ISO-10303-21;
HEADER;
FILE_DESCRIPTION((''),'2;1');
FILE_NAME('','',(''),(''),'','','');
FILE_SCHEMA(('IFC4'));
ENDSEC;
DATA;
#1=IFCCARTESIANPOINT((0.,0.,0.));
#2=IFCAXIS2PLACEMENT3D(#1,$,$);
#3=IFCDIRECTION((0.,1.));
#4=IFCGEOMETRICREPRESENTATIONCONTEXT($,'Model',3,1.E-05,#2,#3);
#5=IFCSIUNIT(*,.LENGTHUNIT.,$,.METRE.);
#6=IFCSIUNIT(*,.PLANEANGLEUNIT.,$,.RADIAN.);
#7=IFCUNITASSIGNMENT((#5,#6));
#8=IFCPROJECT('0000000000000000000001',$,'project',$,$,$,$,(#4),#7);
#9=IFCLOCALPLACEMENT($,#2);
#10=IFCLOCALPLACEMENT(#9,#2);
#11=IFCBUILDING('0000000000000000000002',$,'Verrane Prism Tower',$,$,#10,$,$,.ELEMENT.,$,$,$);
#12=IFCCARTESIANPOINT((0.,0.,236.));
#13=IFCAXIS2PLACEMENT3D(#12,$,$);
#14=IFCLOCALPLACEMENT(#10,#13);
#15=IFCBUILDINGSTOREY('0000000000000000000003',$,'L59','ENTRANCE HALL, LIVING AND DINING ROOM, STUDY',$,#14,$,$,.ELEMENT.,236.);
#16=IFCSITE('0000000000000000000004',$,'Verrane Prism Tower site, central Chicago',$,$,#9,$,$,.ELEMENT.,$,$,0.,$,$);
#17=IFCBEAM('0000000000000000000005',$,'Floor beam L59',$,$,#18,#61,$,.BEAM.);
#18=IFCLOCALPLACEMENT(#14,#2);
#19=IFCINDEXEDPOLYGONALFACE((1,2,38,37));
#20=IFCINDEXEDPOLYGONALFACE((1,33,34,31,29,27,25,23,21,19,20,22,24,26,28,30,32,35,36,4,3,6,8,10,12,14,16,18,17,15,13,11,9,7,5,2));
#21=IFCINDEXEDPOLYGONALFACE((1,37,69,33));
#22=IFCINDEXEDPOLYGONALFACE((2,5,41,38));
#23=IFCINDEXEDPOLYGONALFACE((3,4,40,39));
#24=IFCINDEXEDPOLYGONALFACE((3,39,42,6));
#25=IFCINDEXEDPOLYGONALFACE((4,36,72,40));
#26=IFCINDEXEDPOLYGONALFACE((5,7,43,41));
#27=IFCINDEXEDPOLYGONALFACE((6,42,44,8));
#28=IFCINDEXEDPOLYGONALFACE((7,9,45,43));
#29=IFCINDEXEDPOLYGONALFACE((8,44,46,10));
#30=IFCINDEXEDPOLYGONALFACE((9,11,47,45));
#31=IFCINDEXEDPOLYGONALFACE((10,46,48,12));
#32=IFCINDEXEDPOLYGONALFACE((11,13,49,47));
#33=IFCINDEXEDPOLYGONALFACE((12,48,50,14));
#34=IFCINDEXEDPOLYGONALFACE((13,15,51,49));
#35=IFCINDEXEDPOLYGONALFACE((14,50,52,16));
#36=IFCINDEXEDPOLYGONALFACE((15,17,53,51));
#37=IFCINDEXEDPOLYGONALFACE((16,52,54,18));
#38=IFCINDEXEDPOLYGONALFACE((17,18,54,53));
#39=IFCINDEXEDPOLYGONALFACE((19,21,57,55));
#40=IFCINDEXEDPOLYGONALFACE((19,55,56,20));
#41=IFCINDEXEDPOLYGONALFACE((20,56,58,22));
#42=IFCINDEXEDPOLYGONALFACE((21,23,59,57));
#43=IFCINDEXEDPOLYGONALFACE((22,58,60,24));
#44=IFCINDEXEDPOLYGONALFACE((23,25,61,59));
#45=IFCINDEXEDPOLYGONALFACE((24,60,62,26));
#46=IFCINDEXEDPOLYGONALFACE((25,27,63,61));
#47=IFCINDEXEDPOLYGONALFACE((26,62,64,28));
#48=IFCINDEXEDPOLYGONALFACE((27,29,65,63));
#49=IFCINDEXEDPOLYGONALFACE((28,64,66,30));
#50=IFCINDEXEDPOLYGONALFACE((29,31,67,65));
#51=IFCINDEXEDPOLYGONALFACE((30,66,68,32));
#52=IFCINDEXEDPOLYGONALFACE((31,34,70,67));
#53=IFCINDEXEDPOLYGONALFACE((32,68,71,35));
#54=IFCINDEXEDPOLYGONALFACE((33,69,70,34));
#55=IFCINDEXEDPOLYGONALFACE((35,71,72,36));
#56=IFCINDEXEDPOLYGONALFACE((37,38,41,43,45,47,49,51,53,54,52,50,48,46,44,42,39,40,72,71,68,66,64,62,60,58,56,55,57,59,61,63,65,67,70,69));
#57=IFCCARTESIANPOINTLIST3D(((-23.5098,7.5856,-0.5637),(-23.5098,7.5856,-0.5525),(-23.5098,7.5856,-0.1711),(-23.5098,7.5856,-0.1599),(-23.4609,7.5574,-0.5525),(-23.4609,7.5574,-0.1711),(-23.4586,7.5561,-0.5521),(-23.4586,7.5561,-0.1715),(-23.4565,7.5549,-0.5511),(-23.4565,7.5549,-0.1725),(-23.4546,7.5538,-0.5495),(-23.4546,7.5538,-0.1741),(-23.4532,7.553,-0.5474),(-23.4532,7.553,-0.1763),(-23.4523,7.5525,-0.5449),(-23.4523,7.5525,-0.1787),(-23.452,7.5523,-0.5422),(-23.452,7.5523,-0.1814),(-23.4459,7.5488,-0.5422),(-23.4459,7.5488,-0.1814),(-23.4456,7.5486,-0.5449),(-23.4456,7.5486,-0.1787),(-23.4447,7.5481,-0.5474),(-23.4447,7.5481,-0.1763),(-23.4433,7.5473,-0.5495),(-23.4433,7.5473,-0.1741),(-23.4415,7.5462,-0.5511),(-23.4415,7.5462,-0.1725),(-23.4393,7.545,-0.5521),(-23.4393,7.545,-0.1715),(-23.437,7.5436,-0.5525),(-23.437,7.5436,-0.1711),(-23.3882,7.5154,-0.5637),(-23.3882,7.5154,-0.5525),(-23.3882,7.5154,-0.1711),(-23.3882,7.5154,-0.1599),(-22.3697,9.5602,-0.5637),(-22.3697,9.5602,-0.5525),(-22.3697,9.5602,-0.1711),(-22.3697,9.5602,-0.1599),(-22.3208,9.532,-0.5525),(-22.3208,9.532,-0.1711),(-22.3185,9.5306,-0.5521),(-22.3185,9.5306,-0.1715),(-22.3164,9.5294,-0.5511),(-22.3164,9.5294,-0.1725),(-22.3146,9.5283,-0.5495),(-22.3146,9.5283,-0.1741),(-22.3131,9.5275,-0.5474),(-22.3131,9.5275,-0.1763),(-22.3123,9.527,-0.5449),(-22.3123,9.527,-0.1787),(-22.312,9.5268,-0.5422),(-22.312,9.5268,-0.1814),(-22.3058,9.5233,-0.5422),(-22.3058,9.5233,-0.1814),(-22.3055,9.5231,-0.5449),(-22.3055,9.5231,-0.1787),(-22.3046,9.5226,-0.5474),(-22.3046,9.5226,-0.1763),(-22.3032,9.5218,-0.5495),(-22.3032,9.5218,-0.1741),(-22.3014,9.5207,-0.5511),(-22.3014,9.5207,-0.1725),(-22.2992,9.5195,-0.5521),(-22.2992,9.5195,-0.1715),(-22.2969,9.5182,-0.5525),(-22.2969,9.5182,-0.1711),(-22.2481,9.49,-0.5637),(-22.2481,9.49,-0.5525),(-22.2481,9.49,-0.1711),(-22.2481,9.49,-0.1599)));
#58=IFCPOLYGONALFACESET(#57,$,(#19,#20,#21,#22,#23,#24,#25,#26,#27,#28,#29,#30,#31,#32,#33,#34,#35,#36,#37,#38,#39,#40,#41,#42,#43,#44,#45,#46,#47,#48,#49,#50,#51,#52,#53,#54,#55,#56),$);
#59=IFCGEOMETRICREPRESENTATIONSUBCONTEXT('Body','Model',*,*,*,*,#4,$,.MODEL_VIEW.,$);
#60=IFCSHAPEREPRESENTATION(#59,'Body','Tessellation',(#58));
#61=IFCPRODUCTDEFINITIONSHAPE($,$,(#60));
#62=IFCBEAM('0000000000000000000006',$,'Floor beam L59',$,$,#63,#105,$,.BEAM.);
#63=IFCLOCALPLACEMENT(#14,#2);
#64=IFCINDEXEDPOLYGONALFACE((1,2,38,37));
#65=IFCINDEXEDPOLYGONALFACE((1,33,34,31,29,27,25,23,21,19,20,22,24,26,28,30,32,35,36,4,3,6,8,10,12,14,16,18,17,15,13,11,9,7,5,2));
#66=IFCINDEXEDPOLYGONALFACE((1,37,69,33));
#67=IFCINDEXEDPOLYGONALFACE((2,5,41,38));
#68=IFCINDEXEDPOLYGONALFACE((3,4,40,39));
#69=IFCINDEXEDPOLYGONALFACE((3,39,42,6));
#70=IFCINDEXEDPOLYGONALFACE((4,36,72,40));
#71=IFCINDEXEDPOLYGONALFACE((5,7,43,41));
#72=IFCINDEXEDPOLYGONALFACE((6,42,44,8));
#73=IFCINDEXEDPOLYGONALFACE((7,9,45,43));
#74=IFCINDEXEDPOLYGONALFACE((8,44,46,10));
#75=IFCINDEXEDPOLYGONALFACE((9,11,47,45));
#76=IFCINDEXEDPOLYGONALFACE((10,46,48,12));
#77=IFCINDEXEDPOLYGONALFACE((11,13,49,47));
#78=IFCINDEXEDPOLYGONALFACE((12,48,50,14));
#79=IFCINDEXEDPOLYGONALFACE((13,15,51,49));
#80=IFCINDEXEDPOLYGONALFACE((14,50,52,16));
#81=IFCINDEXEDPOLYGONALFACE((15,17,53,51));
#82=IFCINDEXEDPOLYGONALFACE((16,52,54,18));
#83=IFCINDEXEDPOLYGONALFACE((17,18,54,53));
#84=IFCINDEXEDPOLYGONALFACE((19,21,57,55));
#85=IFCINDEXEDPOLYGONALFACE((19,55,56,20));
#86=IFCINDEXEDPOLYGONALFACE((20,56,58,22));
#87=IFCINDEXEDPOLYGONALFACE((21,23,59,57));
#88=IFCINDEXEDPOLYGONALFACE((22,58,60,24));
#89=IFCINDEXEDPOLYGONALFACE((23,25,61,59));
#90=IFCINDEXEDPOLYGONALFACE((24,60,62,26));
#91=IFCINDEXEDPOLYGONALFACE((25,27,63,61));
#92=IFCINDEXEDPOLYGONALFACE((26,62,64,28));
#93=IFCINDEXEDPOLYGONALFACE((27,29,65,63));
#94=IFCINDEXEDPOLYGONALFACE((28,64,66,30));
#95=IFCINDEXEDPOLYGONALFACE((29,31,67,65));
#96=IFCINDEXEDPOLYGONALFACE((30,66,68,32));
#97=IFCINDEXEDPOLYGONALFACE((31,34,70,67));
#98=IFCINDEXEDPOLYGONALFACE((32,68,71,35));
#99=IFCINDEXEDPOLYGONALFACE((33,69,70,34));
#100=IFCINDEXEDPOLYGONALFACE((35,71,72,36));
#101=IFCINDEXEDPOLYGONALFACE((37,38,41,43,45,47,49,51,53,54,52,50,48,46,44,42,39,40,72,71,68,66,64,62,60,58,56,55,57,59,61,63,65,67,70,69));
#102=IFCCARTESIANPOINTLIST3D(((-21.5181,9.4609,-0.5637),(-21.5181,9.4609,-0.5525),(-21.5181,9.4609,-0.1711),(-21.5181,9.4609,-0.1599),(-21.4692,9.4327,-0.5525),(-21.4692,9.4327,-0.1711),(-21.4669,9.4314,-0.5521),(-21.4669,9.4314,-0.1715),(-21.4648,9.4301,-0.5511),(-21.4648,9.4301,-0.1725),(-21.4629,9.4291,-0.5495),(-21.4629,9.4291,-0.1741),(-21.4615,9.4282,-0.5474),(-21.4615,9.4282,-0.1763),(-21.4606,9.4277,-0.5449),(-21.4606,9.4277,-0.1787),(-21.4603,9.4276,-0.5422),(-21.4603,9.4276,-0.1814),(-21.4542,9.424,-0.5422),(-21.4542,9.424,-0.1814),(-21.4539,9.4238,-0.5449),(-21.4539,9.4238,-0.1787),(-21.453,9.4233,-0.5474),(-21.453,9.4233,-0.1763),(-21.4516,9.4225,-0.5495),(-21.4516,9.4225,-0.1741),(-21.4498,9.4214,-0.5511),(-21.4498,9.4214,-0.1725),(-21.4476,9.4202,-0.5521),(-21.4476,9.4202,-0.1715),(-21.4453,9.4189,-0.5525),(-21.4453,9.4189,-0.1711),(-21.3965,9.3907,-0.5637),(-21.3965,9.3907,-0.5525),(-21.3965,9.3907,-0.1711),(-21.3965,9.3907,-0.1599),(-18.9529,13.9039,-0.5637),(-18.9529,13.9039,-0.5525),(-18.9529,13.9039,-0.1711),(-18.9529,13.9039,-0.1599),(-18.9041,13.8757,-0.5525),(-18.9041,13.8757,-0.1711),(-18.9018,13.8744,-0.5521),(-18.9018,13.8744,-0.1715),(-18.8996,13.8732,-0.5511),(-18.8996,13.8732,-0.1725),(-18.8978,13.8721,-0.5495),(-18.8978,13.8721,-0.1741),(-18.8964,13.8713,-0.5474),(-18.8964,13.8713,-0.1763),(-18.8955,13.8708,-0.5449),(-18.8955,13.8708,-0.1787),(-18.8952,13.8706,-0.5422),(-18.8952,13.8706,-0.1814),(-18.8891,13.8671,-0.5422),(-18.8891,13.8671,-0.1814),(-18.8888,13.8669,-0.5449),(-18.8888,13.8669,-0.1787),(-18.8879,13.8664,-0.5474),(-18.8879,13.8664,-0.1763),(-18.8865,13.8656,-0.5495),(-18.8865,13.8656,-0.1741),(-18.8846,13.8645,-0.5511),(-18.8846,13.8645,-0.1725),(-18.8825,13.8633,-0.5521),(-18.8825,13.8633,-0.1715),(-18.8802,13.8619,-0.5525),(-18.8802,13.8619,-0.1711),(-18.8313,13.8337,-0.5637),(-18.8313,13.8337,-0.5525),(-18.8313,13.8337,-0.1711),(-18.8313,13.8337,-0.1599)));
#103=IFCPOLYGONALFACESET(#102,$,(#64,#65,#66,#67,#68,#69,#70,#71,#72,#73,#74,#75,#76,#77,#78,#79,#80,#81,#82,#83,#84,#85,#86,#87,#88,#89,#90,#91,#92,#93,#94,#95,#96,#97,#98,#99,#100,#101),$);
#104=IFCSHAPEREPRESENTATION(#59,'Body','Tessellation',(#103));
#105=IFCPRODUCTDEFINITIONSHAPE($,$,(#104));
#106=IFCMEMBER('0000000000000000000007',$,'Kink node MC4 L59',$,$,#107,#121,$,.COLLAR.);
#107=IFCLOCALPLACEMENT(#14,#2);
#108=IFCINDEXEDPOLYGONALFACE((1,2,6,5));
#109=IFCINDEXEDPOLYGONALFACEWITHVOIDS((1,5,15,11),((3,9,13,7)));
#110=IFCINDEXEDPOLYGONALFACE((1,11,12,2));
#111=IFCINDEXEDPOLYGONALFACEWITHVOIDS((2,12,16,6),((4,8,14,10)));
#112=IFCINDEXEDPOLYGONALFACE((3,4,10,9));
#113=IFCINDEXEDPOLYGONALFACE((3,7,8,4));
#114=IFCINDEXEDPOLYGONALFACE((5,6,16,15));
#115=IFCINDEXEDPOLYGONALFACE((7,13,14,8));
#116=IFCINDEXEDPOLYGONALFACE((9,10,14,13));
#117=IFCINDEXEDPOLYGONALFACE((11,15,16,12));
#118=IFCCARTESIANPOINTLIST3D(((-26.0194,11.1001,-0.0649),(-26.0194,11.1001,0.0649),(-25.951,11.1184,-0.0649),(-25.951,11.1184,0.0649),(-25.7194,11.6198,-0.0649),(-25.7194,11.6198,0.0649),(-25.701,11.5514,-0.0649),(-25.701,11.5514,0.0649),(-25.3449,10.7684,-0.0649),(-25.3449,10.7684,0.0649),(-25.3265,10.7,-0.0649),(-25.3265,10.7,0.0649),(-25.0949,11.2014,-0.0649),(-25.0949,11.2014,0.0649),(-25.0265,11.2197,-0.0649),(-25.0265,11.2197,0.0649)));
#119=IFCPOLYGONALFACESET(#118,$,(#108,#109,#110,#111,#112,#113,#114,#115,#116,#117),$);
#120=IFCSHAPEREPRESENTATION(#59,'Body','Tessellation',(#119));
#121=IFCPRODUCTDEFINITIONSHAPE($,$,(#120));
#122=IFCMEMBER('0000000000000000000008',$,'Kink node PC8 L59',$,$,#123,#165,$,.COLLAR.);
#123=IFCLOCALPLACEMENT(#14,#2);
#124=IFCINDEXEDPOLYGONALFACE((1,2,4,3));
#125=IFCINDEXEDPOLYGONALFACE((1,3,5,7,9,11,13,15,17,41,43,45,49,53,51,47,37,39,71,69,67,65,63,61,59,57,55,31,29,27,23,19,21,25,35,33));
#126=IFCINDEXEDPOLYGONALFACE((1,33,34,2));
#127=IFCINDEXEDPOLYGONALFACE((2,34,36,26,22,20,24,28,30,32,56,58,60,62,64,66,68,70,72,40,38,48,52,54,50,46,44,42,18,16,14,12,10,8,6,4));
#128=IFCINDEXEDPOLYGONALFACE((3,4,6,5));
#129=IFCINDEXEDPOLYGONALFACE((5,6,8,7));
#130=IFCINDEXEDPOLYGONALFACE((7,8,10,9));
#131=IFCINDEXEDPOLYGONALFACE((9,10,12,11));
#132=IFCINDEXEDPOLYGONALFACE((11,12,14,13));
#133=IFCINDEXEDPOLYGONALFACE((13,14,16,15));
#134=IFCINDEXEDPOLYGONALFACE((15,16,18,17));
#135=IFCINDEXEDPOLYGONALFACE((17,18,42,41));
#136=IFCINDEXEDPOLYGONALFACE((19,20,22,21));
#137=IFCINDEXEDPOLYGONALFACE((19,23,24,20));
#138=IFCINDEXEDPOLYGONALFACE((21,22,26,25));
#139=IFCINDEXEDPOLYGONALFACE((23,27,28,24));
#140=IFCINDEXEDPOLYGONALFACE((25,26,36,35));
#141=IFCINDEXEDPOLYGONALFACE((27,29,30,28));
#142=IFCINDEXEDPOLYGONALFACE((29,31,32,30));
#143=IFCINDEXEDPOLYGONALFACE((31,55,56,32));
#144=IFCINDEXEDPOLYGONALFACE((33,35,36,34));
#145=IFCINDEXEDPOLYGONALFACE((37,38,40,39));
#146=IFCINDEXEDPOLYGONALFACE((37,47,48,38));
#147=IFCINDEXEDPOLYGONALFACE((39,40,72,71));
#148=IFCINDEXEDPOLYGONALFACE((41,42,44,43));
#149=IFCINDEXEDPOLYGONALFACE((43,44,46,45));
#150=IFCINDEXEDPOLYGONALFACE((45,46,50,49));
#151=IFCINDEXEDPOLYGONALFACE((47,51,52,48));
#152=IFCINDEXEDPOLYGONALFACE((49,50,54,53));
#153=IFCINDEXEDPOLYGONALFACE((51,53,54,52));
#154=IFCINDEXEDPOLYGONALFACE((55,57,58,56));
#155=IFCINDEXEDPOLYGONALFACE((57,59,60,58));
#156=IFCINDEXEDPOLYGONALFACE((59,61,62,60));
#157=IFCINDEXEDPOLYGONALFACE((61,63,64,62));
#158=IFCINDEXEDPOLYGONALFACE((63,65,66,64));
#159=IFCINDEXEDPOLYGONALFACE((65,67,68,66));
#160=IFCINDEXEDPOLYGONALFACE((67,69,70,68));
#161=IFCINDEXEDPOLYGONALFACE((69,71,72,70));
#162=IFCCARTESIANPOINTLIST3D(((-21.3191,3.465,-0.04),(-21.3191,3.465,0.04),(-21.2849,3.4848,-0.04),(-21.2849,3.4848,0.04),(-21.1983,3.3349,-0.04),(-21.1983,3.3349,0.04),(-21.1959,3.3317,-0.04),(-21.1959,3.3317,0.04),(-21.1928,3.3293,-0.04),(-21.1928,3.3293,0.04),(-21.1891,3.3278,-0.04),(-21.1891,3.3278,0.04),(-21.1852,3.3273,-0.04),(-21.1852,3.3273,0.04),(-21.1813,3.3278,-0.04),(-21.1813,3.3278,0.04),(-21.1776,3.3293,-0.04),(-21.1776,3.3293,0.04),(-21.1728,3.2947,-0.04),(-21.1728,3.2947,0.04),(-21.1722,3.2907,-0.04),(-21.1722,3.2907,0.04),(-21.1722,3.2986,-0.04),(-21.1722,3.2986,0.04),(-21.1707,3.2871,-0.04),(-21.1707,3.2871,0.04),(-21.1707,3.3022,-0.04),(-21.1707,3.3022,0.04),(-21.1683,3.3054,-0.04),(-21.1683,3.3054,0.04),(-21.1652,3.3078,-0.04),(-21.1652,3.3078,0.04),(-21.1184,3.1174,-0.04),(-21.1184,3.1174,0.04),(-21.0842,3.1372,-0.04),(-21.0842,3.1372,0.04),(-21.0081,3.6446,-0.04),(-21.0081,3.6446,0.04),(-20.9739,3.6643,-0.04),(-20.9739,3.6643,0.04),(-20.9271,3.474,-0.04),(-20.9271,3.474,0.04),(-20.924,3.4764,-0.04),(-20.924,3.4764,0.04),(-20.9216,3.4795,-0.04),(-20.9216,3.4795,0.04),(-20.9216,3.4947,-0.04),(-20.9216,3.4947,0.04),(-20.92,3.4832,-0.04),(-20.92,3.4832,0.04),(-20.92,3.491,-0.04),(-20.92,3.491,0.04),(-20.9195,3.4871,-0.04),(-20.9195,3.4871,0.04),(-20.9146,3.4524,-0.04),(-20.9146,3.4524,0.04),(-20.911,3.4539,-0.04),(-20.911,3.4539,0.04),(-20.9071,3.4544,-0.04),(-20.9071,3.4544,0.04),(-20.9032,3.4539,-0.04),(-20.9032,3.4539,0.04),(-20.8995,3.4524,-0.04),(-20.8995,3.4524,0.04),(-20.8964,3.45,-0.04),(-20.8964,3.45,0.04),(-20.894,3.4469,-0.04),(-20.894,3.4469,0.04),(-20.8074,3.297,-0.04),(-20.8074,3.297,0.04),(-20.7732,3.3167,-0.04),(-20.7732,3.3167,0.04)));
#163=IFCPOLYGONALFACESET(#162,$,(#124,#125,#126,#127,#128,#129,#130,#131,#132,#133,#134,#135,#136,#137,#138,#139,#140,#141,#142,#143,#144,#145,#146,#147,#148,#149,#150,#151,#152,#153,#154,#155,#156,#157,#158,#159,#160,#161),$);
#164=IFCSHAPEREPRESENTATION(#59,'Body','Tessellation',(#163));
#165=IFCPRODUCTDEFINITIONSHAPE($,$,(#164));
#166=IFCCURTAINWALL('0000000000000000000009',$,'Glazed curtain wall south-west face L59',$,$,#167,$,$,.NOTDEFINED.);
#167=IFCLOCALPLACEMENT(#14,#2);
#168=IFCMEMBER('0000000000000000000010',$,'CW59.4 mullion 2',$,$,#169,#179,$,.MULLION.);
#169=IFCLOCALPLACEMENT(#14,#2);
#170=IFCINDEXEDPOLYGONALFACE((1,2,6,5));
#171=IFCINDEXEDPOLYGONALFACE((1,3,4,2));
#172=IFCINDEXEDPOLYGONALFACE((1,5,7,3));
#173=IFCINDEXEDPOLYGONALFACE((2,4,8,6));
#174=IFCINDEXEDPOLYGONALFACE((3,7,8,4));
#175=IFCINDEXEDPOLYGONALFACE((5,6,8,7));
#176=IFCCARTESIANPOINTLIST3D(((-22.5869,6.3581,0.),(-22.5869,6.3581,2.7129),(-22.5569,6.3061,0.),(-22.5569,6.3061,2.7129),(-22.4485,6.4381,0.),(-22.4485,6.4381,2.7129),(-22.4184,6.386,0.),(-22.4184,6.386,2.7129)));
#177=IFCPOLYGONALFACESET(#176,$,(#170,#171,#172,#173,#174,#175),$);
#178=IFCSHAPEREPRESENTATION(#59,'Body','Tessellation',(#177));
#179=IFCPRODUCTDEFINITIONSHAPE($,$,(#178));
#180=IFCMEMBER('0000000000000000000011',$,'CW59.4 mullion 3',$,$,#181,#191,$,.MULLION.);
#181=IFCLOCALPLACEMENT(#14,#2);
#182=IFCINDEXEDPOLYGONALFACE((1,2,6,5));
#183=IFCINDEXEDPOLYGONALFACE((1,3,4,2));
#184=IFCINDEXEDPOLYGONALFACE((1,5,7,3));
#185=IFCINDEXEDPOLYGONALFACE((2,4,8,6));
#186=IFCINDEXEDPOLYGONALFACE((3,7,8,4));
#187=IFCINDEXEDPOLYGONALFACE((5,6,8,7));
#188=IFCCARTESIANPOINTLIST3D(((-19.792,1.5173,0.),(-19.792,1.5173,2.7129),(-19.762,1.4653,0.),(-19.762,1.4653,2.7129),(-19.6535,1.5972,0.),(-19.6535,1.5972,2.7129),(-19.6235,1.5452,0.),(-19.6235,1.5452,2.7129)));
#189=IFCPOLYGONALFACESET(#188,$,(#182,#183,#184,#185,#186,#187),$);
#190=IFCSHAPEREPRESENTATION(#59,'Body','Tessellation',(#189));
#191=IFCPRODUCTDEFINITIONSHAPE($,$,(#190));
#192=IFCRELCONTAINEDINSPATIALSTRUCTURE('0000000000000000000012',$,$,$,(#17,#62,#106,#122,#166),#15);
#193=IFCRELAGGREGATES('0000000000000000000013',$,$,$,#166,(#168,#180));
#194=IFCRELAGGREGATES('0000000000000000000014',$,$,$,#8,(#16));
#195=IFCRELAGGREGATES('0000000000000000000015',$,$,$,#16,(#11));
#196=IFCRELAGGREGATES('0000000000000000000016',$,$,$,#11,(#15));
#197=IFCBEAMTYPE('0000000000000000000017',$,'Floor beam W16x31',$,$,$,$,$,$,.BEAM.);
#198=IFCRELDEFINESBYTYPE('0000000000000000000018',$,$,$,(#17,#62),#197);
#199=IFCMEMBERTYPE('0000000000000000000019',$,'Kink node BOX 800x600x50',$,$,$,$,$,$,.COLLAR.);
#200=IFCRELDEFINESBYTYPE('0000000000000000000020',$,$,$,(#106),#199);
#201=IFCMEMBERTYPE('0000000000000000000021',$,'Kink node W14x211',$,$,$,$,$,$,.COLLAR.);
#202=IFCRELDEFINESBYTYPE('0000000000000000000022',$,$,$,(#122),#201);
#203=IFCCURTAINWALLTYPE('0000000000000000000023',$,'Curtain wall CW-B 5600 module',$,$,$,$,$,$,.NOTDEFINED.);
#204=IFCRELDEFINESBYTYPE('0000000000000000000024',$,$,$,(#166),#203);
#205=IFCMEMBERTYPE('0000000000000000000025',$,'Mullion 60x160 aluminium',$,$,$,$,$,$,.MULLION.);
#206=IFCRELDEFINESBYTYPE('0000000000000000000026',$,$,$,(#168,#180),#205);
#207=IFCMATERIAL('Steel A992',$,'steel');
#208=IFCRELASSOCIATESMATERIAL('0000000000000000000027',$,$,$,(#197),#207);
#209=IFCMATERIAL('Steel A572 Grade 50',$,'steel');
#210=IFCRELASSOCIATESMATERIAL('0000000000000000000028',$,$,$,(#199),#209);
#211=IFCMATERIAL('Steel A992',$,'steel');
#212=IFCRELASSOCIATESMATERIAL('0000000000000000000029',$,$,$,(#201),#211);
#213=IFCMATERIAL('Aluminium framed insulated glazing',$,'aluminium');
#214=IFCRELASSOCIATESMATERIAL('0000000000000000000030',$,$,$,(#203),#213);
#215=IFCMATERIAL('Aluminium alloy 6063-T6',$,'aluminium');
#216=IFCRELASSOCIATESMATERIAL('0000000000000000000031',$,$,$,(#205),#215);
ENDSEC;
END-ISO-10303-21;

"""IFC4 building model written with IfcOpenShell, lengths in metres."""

from ifc_helpers import new_model, si_unit, direction, frame, origin, origin_2d, place, context, subcontext, project, spatial, rectangle, hollow_rectangle, i_section, extrude, material, material_profile, profile_set, type_object, element, aggregate, save


model = new_model("IFC4")

# Units and contexts
model_context = context("Model", 3, precision=1e-05, world=origin(), true_north=direction((0.0, 1.0)))
body_context = subcontext(model_context, "Body", "Model", "MODEL_VIEW")
ifc_project = project(units=[si_unit("LENGTHUNIT", "METRE"), si_unit("PLANEANGLEUNIT", "RADIAN")], contexts=[model_context])

# Site, building, storey
site_placement = place(None, origin())
site = spatial("IfcSite", under=ifc_project, at=site_placement, Name="Verrane Prism Tower site, central Chicago", CompositionType="ELEMENT", RefElevation=0.0)
building_placement = place(site_placement, origin())
building = spatial("IfcBuilding", under=site, at=building_placement, Name="Verrane Prism Tower", CompositionType="ELEMENT")
storey_placement = place(building_placement, frame((0.0, 0.0, 236.0)))
storey = spatial("IfcBuildingStorey", under=building, at=storey_placement, Name="L59", Description="ENTRANCE HALL, LIVING AND DINING ROOM, STUDY", CompositionType="ELEMENT", Elevation=236.0)

# Beams
ifc_material_1 = material(Name="Steel A992", Category="steel")
ifc_material_profile_1 = material_profile(ifc_material_1, i_section(OverallWidth=0.1404, OverallDepth=0.4038, WebThickness=0.0071, FlangeThickness=0.0112, FilletRadius=0.0103, at=origin_2d()), Name="W16x31")
ifc_profile_set_1 = profile_set([ifc_material_profile_1], Name="Steel A992")
beam_type_1 = type_object("IfcBeamType", Name="Floor beam W16x31", PredefinedType="BEAM", material=ifc_profile_set_1)
beam_1_placement = place(storey_placement, frame((-23.449, 7.5505, -0.3618), z_axis=(0.500031, 0.866007, 0.0), x_axis=(-0.866007, 0.500031, 0.0)))
element("IfcBeam", 1, at=beam_1_placement, inside=storey, type_object=beam_type_1, Name="Floor beam L59", PredefinedType="BEAM", context=body_context, shape_type="SweptSolid", body=[
    extrude(i_section(OverallWidth=0.1404, OverallDepth=0.4038, WebThickness=0.0071, FlangeThickness=0.0112, FilletRadius=0.0103, at=origin_2d()), origin(), (0.0, 0.0, 1.0), 2.28),
])
beam_2_placement = place(storey_placement, frame((-21.4573, 9.4258, -0.3618), z_axis=(0.499993, 0.866029, 0.0), x_axis=(-0.866029, 0.499993, 0.0)))
element("IfcBeam", 2, at=beam_2_placement, inside=storey, type_object=beam_type_1, Name="Floor beam L59", PredefinedType="BEAM", context=body_context, shape_type="SweptSolid", body=[
    extrude(i_section(OverallWidth=0.1404, OverallDepth=0.4038, WebThickness=0.0071, FlangeThickness=0.0112, FilletRadius=0.0103, at=origin_2d()), origin(), (0.0, 0.0, 1.0), 5.1304),
])

# Members
ifc_material_2 = material(Name="Steel A572 Grade 50", Category="steel")
ifc_material_profile_2 = material_profile(ifc_material_2, hollow_rectangle(XDim=0.6001, YDim=0.8, WallThickness=0.05, at=origin_2d()), Name="BOX 800x600x50")
ifc_profile_set_2 = profile_set([ifc_material_profile_2], Name="Steel A572 Grade 50")
member_type_1 = type_object("IfcMemberType", Name="Kink node BOX 800x600x50", PredefinedType="COLLAR", material=ifc_profile_set_2)
member_1_placement = place(storey_placement, frame((-25.5229, 11.1599, -0.0649), z_axis=(0.0, 0.0, 1.0), x_axis=(0.5, 0.866025, 0.0)))
element("IfcMember", 3, at=member_1_placement, inside=storey, type_object=member_type_1, Name="Kink node MC4 L59", PredefinedType="COLLAR", context=body_context, shape_type="SweptSolid", body=[
    extrude(hollow_rectangle(XDim=0.6001, YDim=0.8, WallThickness=0.05, at=origin_2d()), origin(), (0.0, 0.0, 1.0), 0.1299),
])
ifc_material_3 = material(Name="Steel A992", Category="steel")
ifc_material_profile_3 = material_profile(ifc_material_3, i_section(OverallWidth=0.4014, OverallDepth=0.3987, WebThickness=0.0249, FlangeThickness=0.0396, FilletRadius=0.0151, at=origin_2d()), Name="W14x211")
ifc_profile_set_3 = profile_set([ifc_material_profile_3], Name="Steel A992")
member_type_2 = type_object("IfcMemberType", Name="Kink node W14x211", PredefinedType="COLLAR", material=ifc_profile_set_3)
member_2_placement = place(storey_placement, frame((-21.0461, 3.3909, -0.04), z_axis=(0.0, 0.0, 1.0), x_axis=(-0.5, 0.866025, 0.0)))
element("IfcMember", 4, at=member_2_placement, inside=storey, type_object=member_type_2, Name="Kink node PC8 L59", PredefinedType="COLLAR", context=body_context, shape_type="SweptSolid", body=[
    extrude(i_section(OverallWidth=0.4014, OverallDepth=0.3987, WebThickness=0.0249, FlangeThickness=0.0396, FilletRadius=0.0151, at=origin_2d()), origin(), (0.0, 0.0, 1.0), 0.0801),
])

# Curtain wall, members
ifc_material_4 = material(Name="Aluminium framed insulated glazing", Category="aluminium")
curtain_wall_type = type_object("IfcCurtainWallType", Name="Curtain wall CW-B 5600 module", PredefinedType="NOTDEFINED", material=ifc_material_4)
curtain_wall_placement = place(storey_placement, origin())
curtain_wall = element("IfcCurtainWall", 5, at=curtain_wall_placement, inside=storey, type_object=curtain_wall_type, Name="Glazed curtain wall south-west face L59", PredefinedType="NOTDEFINED")
ifc_material_5 = material(Name="Aluminium alloy 6063-T6", Category="aluminium")
ifc_material_profile_4 = material_profile(ifc_material_5, rectangle(XDim=0.1599, YDim=0.0601, at=origin_2d()), Name="Mullion 60x160 aluminium")
ifc_profile_set_4 = profile_set([ifc_material_profile_4], Name="Aluminium alloy 6063-T6")
member_type_3 = type_object("IfcMemberType", Name="Mullion 60x160 aluminium", PredefinedType="MULLION", material=ifc_profile_set_4)
member_3_placement = place(storey_placement, frame((-22.5027, 6.3721, 0.0), z_axis=(0.0, 0.0, 1.0), x_axis=(0.866026, 0.499999, 0.0)))
member_3 = element("IfcMember", 6, at=member_3_placement, type_object=member_type_3, Name="CW59.4 mullion 2", PredefinedType="MULLION", context=body_context, shape_type="SweptSolid", body=[
    extrude(rectangle(XDim=0.1599, YDim=0.0601, at=origin_2d()), origin(), (0.0, 0.0, 1.0), 2.7129),
])
member_4_placement = place(storey_placement, frame((-19.7078, 1.5312, 0.0), z_axis=(0.0, 0.0, 1.0), x_axis=(0.866026, 0.499999, 0.0)))
member_4 = element("IfcMember", 7, at=member_4_placement, type_object=member_type_3, Name="CW59.4 mullion 3", PredefinedType="MULLION", context=body_context, shape_type="SweptSolid", body=[
    extrude(rectangle(XDim=0.1599, YDim=0.0601, at=origin_2d()), origin(), (0.0, 0.0, 1.0), 2.7129),
])

aggregate(curtain_wall, [member_3, member_4])

save(model, "model.ifc")
